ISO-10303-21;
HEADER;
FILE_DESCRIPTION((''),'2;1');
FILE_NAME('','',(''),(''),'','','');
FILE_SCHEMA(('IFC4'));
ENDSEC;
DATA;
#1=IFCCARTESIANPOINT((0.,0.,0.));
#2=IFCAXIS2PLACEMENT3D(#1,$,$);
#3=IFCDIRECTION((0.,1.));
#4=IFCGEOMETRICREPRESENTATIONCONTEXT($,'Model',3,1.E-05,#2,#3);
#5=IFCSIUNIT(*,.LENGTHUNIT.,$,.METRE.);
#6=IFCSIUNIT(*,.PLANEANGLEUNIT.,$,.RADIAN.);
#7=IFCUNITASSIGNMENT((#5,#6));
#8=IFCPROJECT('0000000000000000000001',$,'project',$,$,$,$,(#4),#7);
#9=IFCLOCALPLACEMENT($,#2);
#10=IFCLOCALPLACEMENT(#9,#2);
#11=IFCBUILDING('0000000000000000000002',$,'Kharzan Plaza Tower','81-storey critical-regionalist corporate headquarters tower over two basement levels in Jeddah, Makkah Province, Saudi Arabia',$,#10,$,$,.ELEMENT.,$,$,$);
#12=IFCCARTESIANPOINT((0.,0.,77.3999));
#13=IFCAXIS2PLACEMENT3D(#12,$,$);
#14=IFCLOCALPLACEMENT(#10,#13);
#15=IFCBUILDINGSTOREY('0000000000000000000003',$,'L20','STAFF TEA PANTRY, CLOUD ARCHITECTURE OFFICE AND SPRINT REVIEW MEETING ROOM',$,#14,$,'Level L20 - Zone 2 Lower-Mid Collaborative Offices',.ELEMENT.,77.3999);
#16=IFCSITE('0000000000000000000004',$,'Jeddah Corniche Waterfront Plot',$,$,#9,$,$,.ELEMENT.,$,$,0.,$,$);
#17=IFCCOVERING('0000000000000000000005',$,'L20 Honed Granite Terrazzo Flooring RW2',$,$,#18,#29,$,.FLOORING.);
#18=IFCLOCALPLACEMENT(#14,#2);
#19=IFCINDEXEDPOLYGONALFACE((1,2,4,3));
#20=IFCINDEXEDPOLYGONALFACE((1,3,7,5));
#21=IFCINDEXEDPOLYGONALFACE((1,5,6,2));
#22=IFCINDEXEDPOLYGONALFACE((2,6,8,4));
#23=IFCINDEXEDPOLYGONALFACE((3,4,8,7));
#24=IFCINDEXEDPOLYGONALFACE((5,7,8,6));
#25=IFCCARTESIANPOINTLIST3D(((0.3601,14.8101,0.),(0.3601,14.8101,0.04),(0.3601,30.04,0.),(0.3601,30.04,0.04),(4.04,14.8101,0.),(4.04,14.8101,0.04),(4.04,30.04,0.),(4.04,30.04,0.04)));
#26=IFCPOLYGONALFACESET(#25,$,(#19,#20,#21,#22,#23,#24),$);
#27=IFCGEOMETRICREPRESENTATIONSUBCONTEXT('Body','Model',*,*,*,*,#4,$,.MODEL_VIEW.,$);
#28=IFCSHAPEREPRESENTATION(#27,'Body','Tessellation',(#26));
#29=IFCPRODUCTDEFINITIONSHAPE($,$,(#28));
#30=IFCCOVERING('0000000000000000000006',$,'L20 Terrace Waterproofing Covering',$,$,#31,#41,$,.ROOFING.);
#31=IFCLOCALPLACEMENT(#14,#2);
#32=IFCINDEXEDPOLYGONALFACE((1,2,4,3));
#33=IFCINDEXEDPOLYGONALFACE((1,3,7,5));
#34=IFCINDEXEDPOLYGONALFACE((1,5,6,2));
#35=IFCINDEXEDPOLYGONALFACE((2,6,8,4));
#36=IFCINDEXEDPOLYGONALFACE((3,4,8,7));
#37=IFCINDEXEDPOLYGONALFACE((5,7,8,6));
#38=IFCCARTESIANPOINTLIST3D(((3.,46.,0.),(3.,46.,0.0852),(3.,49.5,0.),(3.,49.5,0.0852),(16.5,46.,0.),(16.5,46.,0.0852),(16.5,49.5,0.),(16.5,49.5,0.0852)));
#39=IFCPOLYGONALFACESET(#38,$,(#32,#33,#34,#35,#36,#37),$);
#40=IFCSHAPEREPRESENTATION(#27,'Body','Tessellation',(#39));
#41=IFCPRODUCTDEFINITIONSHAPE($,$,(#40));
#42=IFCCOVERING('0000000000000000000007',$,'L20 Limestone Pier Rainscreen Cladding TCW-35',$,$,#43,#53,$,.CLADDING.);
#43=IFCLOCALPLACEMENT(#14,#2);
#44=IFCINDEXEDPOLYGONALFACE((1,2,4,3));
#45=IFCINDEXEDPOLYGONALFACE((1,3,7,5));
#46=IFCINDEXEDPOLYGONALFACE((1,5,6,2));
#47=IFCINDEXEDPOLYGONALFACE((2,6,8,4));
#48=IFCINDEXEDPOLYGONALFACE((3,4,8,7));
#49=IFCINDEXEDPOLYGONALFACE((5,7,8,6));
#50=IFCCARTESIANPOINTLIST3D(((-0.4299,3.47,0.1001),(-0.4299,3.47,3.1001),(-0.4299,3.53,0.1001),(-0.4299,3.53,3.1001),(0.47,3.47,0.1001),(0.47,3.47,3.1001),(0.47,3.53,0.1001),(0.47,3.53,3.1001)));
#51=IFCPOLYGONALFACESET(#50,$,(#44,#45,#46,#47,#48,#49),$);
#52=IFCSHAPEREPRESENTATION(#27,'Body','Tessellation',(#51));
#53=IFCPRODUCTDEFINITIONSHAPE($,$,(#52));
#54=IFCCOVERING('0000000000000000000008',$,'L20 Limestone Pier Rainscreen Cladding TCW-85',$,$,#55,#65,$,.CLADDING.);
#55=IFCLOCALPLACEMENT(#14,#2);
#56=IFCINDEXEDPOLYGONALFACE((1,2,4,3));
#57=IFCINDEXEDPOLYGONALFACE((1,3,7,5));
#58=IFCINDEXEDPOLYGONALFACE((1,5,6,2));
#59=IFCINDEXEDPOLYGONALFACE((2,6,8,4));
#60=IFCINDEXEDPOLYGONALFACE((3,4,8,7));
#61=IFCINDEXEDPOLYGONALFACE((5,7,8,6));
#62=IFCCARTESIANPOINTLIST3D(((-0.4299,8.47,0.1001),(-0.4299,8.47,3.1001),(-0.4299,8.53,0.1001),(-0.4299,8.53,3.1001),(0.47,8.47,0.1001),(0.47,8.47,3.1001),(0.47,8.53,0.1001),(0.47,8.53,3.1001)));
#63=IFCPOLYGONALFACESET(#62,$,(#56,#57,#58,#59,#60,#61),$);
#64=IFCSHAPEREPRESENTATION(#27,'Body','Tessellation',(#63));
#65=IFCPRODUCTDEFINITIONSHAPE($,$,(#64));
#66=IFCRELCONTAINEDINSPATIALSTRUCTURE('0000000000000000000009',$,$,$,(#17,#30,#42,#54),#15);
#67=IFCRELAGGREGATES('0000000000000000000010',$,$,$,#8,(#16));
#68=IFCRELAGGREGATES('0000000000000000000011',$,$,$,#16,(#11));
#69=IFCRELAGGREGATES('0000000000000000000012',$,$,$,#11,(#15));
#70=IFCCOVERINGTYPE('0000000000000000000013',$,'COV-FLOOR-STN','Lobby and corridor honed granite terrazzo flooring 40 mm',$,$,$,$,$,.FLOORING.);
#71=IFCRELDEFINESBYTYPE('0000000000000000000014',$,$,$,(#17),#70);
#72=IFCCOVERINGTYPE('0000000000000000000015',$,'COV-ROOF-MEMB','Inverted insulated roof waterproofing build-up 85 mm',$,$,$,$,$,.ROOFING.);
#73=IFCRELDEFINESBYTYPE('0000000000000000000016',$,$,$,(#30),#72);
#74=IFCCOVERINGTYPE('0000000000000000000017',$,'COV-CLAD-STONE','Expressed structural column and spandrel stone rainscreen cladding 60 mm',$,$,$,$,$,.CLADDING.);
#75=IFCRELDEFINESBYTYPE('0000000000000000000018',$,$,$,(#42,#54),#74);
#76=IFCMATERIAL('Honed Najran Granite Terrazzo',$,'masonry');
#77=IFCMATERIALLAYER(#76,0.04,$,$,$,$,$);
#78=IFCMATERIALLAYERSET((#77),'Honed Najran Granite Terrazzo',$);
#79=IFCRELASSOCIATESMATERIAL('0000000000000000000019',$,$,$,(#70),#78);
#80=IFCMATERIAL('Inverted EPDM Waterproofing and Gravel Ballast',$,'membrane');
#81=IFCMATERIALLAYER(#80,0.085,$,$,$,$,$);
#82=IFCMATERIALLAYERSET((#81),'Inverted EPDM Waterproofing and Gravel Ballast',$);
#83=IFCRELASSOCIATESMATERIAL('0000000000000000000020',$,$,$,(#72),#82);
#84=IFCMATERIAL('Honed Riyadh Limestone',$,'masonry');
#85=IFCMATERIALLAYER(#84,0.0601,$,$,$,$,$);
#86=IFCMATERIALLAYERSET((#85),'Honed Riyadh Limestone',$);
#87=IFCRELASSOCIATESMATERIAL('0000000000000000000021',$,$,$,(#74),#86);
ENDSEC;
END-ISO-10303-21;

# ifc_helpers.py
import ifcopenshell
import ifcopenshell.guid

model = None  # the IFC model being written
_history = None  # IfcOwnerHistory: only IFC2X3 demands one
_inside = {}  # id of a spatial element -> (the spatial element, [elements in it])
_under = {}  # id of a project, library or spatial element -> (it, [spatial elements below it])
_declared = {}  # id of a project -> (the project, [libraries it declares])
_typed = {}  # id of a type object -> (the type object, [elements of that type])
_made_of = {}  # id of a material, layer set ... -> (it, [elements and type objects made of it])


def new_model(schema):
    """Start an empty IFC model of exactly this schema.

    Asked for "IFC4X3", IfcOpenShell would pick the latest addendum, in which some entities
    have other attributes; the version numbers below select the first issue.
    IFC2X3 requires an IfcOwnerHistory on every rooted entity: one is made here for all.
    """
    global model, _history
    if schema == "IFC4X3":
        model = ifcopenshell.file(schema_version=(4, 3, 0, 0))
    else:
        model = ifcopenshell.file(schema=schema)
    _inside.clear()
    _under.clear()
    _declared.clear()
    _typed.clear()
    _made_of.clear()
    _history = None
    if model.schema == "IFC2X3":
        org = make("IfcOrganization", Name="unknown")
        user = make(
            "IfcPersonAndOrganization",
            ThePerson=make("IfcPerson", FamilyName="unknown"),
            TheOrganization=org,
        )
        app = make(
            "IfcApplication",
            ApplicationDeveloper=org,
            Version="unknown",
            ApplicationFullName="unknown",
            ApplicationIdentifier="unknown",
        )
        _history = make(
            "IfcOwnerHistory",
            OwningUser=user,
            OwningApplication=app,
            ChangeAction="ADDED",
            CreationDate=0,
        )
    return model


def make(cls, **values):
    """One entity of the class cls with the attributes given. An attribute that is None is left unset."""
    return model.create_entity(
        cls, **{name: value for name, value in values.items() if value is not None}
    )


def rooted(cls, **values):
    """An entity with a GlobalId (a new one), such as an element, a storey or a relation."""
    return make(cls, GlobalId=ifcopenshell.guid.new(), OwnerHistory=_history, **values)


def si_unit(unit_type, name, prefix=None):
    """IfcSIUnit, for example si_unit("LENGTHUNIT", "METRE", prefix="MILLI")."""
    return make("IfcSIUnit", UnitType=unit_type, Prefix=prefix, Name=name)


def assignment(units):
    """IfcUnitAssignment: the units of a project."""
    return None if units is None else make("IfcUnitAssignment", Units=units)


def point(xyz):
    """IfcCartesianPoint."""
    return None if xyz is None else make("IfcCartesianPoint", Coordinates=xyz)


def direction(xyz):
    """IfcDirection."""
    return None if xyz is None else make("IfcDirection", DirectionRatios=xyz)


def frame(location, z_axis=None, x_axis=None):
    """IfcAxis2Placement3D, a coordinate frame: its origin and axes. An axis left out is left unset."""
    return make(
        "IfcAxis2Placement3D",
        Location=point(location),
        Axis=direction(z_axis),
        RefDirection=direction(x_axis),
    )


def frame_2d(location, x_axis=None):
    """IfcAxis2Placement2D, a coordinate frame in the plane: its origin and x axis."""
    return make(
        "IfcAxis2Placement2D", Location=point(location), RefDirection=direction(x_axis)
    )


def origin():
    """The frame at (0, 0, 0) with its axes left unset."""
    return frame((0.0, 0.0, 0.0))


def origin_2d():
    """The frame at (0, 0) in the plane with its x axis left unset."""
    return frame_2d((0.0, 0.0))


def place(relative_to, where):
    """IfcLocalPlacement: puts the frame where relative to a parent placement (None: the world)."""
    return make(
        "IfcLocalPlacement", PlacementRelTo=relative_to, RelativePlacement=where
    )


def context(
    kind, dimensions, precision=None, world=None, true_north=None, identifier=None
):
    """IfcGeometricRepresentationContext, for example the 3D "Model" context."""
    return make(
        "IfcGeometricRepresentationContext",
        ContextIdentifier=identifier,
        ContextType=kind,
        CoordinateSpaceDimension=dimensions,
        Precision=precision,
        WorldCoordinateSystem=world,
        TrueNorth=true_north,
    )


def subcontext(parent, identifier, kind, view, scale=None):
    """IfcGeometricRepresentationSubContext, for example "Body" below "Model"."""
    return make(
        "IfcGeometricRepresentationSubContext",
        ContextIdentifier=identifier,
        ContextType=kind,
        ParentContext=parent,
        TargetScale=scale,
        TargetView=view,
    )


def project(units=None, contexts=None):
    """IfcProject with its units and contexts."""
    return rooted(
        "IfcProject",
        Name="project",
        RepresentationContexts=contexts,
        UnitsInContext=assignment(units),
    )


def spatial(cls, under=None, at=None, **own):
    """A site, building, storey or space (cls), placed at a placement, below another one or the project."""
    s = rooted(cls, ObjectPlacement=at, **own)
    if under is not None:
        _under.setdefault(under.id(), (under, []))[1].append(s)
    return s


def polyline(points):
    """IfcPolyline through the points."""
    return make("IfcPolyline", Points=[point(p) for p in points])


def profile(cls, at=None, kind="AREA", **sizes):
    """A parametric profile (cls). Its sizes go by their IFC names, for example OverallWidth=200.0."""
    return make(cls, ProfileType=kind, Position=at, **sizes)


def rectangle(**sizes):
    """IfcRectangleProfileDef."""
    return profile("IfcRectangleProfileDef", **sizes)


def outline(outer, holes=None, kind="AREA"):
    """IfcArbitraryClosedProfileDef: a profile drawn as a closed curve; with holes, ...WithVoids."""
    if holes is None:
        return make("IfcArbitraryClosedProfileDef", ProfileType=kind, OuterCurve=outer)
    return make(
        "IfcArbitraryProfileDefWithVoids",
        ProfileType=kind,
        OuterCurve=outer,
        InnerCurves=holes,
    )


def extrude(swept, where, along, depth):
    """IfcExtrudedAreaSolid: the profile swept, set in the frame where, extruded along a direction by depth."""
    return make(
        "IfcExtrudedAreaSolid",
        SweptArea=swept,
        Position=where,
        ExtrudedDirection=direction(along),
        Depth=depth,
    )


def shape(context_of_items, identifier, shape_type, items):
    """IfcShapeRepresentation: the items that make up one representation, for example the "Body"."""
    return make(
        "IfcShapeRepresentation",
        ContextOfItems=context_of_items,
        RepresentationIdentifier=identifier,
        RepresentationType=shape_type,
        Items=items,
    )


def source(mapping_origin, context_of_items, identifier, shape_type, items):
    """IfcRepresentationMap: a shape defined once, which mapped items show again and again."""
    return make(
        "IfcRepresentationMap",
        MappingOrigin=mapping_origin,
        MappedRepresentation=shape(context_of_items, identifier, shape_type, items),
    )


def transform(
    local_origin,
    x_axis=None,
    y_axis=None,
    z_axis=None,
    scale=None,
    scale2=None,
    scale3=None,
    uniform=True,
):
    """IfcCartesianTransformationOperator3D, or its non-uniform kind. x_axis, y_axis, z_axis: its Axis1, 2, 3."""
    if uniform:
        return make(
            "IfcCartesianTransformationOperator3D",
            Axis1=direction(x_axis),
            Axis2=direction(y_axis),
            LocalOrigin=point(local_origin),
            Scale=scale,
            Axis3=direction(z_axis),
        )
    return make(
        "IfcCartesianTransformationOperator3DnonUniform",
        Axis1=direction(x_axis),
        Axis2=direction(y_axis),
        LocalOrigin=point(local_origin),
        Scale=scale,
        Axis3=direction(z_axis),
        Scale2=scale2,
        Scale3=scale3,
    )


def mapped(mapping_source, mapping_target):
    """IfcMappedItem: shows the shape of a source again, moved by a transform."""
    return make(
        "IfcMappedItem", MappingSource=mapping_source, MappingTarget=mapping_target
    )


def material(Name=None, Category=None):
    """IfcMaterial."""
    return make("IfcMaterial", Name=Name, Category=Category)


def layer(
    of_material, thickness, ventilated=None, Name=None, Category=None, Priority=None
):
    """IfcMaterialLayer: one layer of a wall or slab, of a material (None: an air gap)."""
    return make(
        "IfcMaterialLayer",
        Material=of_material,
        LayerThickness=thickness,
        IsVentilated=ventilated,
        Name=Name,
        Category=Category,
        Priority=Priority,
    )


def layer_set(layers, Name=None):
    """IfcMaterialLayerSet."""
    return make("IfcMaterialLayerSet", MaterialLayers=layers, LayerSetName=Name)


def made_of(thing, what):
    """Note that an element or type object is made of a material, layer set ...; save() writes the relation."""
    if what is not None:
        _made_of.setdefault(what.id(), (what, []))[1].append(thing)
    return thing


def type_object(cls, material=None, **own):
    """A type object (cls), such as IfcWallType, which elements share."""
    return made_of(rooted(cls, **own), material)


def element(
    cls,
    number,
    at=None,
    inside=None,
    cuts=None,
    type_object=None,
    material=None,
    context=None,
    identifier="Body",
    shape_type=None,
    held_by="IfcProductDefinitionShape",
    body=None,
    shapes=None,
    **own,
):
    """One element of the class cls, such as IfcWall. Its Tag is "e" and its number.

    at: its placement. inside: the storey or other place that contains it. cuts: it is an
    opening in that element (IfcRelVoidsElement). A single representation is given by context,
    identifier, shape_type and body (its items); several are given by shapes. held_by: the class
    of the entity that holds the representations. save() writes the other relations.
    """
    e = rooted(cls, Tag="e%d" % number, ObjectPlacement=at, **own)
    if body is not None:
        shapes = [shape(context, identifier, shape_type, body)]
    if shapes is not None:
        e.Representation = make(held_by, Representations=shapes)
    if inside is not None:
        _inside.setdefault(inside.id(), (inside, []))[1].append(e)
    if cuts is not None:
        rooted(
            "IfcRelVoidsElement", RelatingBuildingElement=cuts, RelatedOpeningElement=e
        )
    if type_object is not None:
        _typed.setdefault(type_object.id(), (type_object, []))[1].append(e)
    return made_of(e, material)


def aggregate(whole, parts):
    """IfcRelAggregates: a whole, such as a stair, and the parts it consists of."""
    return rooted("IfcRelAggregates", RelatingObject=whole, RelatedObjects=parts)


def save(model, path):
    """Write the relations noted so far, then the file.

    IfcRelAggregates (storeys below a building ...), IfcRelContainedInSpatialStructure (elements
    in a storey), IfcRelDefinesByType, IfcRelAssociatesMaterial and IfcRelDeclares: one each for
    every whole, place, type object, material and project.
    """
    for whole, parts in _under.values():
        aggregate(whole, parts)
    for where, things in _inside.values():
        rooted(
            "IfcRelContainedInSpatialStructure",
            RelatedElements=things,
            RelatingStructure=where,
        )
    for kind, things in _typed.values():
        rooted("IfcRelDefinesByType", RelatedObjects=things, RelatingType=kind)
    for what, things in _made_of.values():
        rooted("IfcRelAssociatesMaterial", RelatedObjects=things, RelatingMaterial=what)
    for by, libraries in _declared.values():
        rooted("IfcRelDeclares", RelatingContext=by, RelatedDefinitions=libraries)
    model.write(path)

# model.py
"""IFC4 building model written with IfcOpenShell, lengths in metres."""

from ifc_helpers import new_model, si_unit, direction, frame, origin, origin_2d, place, context, subcontext, project, spatial, polyline, rectangle, outline, extrude, source, transform, mapped, material, layer, layer_set, type_object, element, save


model = new_model("IFC4")

# Units and contexts
model_context = context("Model", 3, precision=1e-05, world=origin(), true_north=direction((0.0, 1.0)))
body_context = subcontext(model_context, "Body", "Model", "MODEL_VIEW")
ifc_project = project(units=[si_unit("LENGTHUNIT", "METRE"), si_unit("PLANEANGLEUNIT", "RADIAN")], contexts=[model_context])

# Site, building, storey
site_placement = place(None, origin())
site = spatial("IfcSite", under=ifc_project, at=site_placement, Name="Jeddah Corniche Waterfront Plot", CompositionType="ELEMENT", RefElevation=0.0)
building_placement = place(site_placement, origin())
building = spatial("IfcBuilding", under=site, at=building_placement, Name="Kharzan Plaza Tower", Description="81-storey critical-regionalist corporate headquarters tower over two basement levels in Jeddah, Makkah Province, Saudi Arabia", CompositionType="ELEMENT")
storey_placement = place(building_placement, frame((0.0, 0.0, 77.3999)))
storey = spatial("IfcBuildingStorey", under=building, at=storey_placement, Name="L20", Description="STAFF TEA PANTRY, CLOUD ARCHITECTURE OFFICE AND SPRINT REVIEW MEETING ROOM", LongName="Level L20 - Zone 2 Lower-Mid Collaborative Offices", CompositionType="ELEMENT", Elevation=77.3999)

# Coverings
ifc_material_1 = material(Name="Honed Najran Granite Terrazzo", Category="masonry")
ifc_layer_1 = layer(ifc_material_1, 0.04)
ifc_layer_set_1 = layer_set([ifc_layer_1], Name="Honed Najran Granite Terrazzo")
covering_type_1 = type_object("IfcCoveringType", Name="COV-FLOOR-STN", Description="Lobby and corridor honed granite terrazzo flooring 40 mm", PredefinedType="FLOORING", material=ifc_layer_set_1)
covering_1_placement = place(storey_placement, origin())
element("IfcCovering", 1, at=covering_1_placement, inside=storey, type_object=covering_type_1, Name="L20 Honed Granite Terrazzo Flooring RW2", PredefinedType="FLOORING", context=body_context, shape_type="SweptSolid", body=[
    extrude(outline(polyline([(0.3601, 14.8101), (4.04, 14.8101), (4.04, 30.04), (0.3601, 30.04), (0.3601, 14.8101)])), origin(), (0.0, 0.0, 1.0), 0.04),
])
ifc_material_2 = material(Name="Inverted EPDM Waterproofing and Gravel Ballast", Category="membrane")
ifc_layer_2 = layer(ifc_material_2, 0.085)
ifc_layer_set_2 = layer_set([ifc_layer_2], Name="Inverted EPDM Waterproofing and Gravel Ballast")
covering_type_2 = type_object("IfcCoveringType", Name="COV-ROOF-MEMB", Description="Inverted insulated roof waterproofing build-up 85 mm", PredefinedType="ROOFING", material=ifc_layer_set_2)
covering_2_placement = place(storey_placement, origin())
element("IfcCovering", 2, at=covering_2_placement, inside=storey, type_object=covering_type_2, Name="L20 Terrace Waterproofing Covering", PredefinedType="ROOFING", context=body_context, shape_type="SweptSolid", body=[
    extrude(outline(polyline([(3.0, 46.0), (16.5, 46.0), (16.5, 49.5), (3.0, 49.5), (3.0, 46.0)])), origin(), (0.0, 0.0, 1.0), 0.0852),
])
ifc_material_3 = material(Name="Honed Riyadh Limestone", Category="masonry")
ifc_layer_3 = layer(ifc_material_3, 0.0601)
ifc_layer_set_3 = layer_set([ifc_layer_3], Name="Honed Riyadh Limestone")
covering_type_3 = type_object("IfcCoveringType", Name="COV-CLAD-STONE", Description="Expressed structural column and spandrel stone rainscreen cladding 60 mm", PredefinedType="CLADDING", material=ifc_layer_set_3)
shared_shape_1 = source(origin(), body_context, "Body", "SweptSolid", [
    extrude(rectangle(XDim=0.0601, YDim=0.8999, at=origin_2d()), origin(), (0.0, 0.0, 1.0), 3.0),
])
for number, where, z_axis, x_axis, name in (
    (3, (0.02, 3.5, 0.1001), (0.0, 0.0, 1.0), (0.0, 1.0, 0.0), "L20 Limestone Pier Rainscreen Cladding TCW-35"),
    (4, (0.02, 8.5, 0.1001), (0.0, 0.0, 1.0), (0.0, 1.0, 0.0), "L20 Limestone Pier Rainscreen Cladding TCW-85"),
):
    element("IfcCovering", number, at=place(storey_placement, frame(where, z_axis=z_axis, x_axis=x_axis)), inside=storey, type_object=covering_type_3, Name=name, PredefinedType="CLADDING", context=body_context, shape_type="MappedRepresentation", body=[
        mapped(shared_shape_1, transform((0.0, 0.0, 0.0), x_axis=(1.0, 0.0, 0.0), y_axis=(0.0, 1.0, 0.0), z_axis=(0.0, 0.0, 1.0))),
    ])

save(model, "model.ifc")
